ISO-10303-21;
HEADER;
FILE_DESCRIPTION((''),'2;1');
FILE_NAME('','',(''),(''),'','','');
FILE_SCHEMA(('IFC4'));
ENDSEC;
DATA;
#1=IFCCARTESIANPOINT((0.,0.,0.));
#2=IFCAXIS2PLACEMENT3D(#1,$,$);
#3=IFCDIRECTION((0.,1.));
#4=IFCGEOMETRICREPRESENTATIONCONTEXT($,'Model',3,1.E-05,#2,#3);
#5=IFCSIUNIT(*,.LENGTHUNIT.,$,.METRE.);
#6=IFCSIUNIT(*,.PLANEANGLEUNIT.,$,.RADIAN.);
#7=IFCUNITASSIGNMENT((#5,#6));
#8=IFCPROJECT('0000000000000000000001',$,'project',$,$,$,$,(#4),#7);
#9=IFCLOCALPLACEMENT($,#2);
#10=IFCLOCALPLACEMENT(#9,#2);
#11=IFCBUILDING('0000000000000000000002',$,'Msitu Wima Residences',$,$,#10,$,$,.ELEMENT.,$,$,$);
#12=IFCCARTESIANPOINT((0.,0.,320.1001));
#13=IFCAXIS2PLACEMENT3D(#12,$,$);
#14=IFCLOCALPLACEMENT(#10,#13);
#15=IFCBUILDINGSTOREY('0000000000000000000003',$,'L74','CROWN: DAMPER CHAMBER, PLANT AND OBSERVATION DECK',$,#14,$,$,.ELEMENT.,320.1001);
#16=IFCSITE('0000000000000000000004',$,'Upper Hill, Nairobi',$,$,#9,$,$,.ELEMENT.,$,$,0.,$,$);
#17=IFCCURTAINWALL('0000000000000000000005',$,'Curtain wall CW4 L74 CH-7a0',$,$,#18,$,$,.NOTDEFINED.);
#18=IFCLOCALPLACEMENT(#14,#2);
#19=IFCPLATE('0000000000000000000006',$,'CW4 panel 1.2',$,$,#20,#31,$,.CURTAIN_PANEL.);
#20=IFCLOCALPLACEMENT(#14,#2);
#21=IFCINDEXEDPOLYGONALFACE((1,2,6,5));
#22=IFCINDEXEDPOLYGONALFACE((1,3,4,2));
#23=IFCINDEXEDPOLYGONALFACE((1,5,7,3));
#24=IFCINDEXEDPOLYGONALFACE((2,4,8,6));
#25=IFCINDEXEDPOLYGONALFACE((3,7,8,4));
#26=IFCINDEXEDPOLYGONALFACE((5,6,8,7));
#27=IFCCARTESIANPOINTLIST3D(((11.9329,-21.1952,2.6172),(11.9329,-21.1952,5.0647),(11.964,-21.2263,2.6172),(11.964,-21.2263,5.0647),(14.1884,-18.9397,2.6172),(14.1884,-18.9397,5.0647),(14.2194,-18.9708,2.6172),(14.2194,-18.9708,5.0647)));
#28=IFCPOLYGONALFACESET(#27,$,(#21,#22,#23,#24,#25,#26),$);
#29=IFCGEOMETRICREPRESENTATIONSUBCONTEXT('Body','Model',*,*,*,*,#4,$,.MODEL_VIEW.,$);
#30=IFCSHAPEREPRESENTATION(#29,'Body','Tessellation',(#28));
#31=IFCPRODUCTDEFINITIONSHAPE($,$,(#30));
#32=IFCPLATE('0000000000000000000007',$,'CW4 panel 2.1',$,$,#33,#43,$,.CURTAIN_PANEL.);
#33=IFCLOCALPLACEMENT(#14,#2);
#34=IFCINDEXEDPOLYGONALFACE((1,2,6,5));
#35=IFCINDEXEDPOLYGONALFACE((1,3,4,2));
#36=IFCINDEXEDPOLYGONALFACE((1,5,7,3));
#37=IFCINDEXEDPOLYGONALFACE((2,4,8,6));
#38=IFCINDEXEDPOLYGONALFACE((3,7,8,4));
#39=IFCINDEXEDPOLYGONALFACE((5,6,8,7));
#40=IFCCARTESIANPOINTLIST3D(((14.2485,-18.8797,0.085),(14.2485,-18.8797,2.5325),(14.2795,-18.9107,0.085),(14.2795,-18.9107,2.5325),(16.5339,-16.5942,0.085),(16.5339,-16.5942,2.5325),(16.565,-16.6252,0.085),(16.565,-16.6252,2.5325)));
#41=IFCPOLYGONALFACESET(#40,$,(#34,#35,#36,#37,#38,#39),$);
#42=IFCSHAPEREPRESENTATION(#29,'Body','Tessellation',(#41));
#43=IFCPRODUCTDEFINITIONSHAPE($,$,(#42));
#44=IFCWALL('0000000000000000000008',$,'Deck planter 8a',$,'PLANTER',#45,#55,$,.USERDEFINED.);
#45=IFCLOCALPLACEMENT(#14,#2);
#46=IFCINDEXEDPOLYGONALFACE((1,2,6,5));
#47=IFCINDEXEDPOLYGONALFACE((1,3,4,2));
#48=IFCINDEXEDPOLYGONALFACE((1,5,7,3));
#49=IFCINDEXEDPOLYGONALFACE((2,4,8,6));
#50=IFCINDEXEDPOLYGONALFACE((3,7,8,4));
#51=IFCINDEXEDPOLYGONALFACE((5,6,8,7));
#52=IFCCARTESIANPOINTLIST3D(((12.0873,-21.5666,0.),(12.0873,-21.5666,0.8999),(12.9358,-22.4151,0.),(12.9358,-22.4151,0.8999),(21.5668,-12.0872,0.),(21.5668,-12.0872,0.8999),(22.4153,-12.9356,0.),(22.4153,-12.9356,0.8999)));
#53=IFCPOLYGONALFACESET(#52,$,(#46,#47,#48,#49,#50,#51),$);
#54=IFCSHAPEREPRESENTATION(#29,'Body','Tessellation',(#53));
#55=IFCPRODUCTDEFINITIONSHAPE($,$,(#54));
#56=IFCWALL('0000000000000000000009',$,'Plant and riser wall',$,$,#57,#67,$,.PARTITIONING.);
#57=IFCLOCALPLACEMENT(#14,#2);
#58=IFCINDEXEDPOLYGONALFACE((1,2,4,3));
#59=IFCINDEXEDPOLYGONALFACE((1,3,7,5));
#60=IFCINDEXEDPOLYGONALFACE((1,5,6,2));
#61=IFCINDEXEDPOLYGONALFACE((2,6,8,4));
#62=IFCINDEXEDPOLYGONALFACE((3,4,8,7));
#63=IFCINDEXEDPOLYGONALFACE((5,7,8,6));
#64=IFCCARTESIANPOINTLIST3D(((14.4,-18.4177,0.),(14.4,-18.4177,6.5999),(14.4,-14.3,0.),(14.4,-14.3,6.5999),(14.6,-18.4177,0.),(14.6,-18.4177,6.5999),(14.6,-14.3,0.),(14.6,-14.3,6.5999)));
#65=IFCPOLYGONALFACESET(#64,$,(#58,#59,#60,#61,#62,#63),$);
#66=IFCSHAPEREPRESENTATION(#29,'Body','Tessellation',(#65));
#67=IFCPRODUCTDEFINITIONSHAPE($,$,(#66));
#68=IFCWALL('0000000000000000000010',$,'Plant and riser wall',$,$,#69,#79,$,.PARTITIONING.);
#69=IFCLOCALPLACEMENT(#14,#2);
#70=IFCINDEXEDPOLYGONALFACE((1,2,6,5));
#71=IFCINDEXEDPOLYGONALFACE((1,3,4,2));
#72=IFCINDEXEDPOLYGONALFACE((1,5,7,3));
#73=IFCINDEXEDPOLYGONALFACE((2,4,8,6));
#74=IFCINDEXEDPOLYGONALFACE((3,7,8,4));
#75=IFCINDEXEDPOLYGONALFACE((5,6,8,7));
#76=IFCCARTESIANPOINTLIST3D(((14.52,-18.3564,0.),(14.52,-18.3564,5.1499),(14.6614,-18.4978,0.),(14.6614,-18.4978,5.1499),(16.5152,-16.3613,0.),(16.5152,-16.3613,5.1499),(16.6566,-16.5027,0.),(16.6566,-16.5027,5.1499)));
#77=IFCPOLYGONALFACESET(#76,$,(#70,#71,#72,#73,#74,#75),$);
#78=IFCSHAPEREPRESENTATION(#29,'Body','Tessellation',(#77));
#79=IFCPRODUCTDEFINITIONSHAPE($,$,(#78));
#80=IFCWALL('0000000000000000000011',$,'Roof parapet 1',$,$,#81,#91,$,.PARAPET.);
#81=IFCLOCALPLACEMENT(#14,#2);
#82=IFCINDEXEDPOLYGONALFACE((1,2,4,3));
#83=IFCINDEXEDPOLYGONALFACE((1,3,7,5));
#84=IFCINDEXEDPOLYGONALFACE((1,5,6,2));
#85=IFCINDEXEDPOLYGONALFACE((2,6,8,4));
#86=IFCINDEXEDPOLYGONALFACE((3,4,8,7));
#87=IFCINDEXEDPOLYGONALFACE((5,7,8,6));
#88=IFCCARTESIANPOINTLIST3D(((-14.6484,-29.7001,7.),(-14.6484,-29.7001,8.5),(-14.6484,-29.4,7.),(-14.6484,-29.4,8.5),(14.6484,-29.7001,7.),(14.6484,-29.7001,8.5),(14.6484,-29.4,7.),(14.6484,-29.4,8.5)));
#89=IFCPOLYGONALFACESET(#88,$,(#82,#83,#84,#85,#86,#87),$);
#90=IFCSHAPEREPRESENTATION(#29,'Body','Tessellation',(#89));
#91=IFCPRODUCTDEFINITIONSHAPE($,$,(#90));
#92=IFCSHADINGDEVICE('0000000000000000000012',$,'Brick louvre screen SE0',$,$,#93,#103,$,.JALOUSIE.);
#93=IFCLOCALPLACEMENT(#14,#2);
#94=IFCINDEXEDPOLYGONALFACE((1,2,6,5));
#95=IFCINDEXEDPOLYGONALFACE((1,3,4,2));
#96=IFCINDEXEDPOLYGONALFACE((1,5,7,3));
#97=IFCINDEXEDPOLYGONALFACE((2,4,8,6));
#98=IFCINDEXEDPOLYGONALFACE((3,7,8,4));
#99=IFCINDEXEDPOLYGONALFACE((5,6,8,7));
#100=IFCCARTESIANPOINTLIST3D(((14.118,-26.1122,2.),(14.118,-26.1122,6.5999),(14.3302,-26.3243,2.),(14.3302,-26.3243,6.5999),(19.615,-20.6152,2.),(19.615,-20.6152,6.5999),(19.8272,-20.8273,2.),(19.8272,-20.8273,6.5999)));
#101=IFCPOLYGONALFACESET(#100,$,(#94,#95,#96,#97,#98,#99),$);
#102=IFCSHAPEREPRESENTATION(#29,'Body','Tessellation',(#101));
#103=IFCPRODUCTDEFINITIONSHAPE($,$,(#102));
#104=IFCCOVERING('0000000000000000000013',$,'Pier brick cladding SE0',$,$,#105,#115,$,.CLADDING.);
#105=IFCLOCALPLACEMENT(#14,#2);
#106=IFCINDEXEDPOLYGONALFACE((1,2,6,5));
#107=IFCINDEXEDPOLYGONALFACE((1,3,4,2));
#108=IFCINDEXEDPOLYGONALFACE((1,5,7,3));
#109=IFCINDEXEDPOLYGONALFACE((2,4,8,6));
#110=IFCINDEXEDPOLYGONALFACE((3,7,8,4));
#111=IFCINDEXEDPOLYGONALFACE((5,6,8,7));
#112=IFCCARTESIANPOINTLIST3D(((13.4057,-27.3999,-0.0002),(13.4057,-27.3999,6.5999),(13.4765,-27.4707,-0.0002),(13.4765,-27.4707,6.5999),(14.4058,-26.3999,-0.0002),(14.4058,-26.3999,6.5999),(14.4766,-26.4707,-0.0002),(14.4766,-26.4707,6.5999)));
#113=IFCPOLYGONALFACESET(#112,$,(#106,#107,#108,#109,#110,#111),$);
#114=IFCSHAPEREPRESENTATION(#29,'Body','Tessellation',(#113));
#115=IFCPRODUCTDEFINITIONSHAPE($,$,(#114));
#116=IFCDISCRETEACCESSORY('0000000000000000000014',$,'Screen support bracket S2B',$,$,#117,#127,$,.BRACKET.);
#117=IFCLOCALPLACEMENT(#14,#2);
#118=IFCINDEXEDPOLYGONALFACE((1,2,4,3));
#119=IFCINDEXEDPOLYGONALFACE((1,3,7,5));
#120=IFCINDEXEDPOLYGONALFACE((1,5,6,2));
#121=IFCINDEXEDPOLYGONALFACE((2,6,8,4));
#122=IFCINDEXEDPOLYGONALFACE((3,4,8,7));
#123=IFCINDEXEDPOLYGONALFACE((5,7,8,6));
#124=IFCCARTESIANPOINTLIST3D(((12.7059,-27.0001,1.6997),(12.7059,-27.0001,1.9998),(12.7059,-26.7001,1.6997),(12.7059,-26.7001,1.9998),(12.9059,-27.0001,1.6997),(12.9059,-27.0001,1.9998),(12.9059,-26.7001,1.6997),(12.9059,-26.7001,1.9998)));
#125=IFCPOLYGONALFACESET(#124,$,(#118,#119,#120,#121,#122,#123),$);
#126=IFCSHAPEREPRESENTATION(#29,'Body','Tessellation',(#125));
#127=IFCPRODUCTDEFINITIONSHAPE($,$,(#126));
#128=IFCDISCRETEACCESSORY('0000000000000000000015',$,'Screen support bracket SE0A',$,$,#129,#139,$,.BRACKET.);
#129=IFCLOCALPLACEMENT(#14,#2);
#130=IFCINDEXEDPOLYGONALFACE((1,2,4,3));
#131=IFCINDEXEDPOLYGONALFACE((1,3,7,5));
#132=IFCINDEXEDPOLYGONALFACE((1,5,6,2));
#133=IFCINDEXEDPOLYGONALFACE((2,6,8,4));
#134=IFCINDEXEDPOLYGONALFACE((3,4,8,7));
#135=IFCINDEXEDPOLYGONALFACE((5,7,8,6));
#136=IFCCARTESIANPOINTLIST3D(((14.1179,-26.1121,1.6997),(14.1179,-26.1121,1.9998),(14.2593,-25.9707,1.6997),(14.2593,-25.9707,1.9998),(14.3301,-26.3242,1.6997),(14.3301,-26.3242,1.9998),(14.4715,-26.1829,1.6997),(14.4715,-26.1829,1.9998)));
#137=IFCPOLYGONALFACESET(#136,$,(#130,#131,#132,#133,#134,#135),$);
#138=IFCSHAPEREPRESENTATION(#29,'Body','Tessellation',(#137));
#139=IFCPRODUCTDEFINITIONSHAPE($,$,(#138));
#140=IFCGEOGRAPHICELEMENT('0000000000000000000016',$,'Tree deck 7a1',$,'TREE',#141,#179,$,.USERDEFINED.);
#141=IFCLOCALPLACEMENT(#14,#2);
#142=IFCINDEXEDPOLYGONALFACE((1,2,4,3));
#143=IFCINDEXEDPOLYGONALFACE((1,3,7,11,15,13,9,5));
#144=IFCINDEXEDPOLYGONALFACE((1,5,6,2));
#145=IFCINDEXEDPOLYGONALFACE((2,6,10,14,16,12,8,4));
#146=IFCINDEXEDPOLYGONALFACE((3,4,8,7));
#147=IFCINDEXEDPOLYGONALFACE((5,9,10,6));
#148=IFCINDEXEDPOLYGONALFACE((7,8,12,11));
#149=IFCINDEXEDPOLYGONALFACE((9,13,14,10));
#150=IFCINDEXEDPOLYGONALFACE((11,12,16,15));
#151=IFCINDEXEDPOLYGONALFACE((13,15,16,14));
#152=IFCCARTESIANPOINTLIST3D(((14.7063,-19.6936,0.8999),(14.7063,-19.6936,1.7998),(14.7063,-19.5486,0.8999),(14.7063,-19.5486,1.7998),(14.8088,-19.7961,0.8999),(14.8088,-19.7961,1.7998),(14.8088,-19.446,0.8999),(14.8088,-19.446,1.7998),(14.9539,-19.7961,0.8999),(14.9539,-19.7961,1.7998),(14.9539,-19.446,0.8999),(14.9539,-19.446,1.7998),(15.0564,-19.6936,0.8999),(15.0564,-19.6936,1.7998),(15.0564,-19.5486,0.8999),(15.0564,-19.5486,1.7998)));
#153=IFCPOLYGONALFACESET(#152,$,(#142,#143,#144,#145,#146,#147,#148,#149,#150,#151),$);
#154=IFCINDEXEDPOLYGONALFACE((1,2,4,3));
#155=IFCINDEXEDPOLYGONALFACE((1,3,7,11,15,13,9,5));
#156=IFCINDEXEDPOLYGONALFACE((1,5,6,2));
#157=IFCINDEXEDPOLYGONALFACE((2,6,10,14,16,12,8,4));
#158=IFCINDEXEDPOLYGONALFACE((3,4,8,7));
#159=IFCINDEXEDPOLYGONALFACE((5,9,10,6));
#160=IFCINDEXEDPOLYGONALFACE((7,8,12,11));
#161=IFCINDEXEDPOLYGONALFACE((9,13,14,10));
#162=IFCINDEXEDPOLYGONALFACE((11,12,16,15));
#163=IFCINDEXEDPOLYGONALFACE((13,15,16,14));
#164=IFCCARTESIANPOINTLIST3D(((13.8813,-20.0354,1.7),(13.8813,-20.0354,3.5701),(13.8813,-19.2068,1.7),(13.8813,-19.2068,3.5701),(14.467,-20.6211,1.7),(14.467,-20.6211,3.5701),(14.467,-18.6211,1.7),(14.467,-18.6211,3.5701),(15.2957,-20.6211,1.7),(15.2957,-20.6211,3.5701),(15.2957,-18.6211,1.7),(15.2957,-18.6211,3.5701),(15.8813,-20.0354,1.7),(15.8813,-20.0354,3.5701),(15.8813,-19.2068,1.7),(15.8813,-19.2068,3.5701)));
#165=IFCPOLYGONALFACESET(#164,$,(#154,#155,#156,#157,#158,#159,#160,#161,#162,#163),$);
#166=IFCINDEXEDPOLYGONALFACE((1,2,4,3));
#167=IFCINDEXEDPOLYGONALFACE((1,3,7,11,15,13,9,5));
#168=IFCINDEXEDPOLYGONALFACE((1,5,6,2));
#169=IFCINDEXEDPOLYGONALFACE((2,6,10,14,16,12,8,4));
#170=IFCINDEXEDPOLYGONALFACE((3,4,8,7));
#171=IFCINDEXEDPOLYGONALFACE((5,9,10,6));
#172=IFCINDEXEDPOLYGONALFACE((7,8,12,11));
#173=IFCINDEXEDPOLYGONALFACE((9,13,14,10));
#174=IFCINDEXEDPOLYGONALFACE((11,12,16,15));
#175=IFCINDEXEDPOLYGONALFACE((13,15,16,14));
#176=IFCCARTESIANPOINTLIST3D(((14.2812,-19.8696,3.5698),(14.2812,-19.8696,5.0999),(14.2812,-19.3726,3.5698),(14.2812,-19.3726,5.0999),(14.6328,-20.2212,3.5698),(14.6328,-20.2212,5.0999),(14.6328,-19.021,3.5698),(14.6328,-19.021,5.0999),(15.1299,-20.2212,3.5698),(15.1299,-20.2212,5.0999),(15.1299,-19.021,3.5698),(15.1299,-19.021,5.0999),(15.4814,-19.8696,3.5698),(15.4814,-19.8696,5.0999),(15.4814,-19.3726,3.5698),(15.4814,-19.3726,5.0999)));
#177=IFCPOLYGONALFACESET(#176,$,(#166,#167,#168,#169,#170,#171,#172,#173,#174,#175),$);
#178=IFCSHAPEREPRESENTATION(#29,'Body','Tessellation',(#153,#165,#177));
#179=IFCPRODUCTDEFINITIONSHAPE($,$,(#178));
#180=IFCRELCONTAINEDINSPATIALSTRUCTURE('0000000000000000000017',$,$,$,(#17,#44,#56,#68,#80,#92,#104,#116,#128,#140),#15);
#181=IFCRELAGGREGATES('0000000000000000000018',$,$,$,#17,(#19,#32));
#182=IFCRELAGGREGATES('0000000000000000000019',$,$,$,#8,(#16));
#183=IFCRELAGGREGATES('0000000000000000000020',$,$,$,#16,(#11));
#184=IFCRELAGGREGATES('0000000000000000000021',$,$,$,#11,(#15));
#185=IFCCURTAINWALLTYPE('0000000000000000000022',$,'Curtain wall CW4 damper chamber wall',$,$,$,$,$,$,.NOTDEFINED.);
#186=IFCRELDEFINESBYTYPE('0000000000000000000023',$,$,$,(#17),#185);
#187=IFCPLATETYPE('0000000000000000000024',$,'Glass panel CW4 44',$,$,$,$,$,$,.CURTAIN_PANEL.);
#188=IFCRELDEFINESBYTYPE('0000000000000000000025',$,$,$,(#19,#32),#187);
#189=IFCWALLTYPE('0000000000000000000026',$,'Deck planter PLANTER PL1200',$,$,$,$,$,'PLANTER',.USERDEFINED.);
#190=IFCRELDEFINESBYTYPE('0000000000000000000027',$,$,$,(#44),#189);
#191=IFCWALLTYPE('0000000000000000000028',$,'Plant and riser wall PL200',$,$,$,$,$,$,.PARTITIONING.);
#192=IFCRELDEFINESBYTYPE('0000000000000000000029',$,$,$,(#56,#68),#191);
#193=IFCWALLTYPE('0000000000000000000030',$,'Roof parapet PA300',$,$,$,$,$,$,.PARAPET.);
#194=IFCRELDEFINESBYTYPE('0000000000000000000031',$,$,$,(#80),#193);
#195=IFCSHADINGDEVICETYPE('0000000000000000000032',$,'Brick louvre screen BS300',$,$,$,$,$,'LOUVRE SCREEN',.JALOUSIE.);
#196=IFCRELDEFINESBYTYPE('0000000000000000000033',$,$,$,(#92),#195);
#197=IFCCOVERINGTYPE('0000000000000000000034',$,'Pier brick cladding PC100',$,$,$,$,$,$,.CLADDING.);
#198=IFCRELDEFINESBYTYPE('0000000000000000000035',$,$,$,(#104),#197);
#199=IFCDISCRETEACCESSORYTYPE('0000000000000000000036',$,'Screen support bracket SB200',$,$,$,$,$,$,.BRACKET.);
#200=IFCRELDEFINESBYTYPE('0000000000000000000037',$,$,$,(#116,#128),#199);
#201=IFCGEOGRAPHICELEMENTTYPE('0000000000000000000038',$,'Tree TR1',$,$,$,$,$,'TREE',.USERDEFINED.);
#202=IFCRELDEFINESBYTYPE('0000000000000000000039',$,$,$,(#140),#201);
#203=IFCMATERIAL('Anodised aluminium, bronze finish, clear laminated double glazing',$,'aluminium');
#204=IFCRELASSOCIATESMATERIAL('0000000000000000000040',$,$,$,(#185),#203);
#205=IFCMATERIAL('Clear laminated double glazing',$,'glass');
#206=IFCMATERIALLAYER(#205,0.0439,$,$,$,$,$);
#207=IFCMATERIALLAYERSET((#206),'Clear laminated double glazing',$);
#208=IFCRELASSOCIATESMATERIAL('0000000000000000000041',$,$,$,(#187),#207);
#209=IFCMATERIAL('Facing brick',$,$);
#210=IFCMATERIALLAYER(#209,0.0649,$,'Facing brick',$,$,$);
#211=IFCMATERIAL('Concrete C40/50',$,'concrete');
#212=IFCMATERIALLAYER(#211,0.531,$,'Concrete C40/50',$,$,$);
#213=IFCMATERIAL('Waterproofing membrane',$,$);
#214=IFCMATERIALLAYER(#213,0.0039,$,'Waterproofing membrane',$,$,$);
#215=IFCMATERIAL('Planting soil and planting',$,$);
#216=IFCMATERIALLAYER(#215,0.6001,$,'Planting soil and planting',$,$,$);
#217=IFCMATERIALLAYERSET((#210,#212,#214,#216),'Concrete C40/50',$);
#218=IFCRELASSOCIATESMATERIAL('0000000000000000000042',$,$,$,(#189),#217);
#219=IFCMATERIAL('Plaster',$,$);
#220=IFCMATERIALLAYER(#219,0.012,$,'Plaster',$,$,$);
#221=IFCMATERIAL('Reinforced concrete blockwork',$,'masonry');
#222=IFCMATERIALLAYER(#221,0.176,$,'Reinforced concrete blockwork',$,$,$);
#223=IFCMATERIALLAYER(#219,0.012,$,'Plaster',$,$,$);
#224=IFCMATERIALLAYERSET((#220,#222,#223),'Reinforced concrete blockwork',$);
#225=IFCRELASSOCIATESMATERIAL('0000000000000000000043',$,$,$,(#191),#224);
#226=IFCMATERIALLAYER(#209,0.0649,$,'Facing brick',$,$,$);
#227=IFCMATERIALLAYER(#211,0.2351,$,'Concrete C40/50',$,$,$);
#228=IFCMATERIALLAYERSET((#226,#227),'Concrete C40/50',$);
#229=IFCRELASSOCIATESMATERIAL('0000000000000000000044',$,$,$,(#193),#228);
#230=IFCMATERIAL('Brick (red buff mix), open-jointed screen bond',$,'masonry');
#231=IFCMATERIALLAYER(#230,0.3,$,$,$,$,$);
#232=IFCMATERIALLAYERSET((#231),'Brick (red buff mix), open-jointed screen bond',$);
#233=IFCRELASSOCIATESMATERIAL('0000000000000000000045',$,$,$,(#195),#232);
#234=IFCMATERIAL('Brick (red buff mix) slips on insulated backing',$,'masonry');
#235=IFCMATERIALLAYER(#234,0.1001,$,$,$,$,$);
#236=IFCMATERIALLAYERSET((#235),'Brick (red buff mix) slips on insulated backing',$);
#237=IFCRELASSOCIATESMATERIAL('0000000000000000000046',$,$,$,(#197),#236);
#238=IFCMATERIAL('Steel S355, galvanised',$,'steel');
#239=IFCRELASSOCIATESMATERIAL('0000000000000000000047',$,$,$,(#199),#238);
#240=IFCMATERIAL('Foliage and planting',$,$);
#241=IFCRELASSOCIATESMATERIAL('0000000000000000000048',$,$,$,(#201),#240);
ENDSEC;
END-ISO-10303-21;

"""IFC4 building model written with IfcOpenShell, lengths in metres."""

from ifc_helpers import new_model, si_unit, direction, frame, frame_2d, origin, origin_2d, place, context, subcontext, project, spatial, polyline, rectangle, outline, extrude, material, layer, layer_set, type_object, element, aggregate, save


model = new_model("IFC4")

# Units and contexts
model_context = context("Model", 3, precision=1e-05, world=origin(), true_north=direction((0.0, 1.0)))
body_context = subcontext(model_context, "Body", "Model", "MODEL_VIEW")
ifc_project = project(units=[si_unit("LENGTHUNIT", "METRE"), si_unit("PLANEANGLEUNIT", "RADIAN")], contexts=[model_context])

# Site, building, storey
site_placement = place(None, origin())
site = spatial("IfcSite", under=ifc_project, at=site_placement, Name="Upper Hill, Nairobi", CompositionType="ELEMENT", RefElevation=0.0)
building_placement = place(site_placement, origin())
building = spatial("IfcBuilding", under=site, at=building_placement, Name="Msitu Wima Residences", CompositionType="ELEMENT")
storey_placement = place(building_placement, frame((0.0, 0.0, 320.1001)))
storey = spatial("IfcBuildingStorey", under=building, at=storey_placement, Name="L74", Description="CROWN: DAMPER CHAMBER, PLANT AND OBSERVATION DECK", CompositionType="ELEMENT", Elevation=320.1001)

# Curtain wall, plates
ifc_material_1 = material(Name="Anodised aluminium, bronze finish, clear laminated double glazing", Category="aluminium")
curtain_wall_type = type_object("IfcCurtainWallType", Name="Curtain wall CW4 damper chamber wall", PredefinedType="NOTDEFINED", material=ifc_material_1)
curtain_wall_placement = place(storey_placement, origin())
curtain_wall = element("IfcCurtainWall", 1, at=curtain_wall_placement, inside=storey, type_object=curtain_wall_type, Name="Curtain wall CW4 L74 CH-7a0", PredefinedType="NOTDEFINED")
ifc_material_2 = material(Name="Clear laminated double glazing", Category="glass")
ifc_layer_1 = layer(ifc_material_2, 0.0439)
ifc_layer_set_1 = layer_set([ifc_layer_1], Name="Clear laminated double glazing")
plate_type = type_object("IfcPlateType", Name="Glass panel CW4 44", PredefinedType="CURTAIN_PANEL", material=ifc_layer_set_1)
plate_1_placement = place(storey_placement, frame((13.0762, -20.083, 2.6172), z_axis=(0.0, 0.0, 1.0), x_axis=(0.707107, 0.707107, 0.0)))
plate_1 = element("IfcPlate", 2, at=plate_1_placement, type_object=plate_type, Name="CW4 panel 1.2", PredefinedType="CURTAIN_PANEL", context=body_context, shape_type="SweptSolid", body=[
    extrude(rectangle(XDim=3.1897, YDim=0.0439, at=origin_2d()), origin(), (0.0, 0.0, 1.0), 2.4475),
])
plate_2_placement = place(storey_placement, frame((15.4067, -17.7524, 0.085), z_axis=(0.0, 0.0, 1.0), x_axis=(0.707107, 0.707107, 0.0)))
plate_2 = element("IfcPlate", 3, at=plate_2_placement, type_object=plate_type, Name="CW4 panel 2.1", PredefinedType="CURTAIN_PANEL", context=body_context, shape_type="SweptSolid", body=[
    extrude(rectangle(XDim=3.2322, YDim=0.0439, at=origin_2d()), origin(), (0.0, 0.0, 1.0), 2.4475),
])
aggregate(curtain_wall, [plate_1, plate_2])

# Walls
ifc_material_3 = material(Name="Facing brick")
ifc_layer_2 = layer(ifc_material_3, 0.0649, Name="Facing brick")
ifc_material_4 = material(Name="Concrete C40/50", Category="concrete")
ifc_layer_3 = layer(ifc_material_4, 0.531, Name="Concrete C40/50")
ifc_material_5 = material(Name="Waterproofing membrane")
ifc_layer_4 = layer(ifc_material_5, 0.0039, Name="Waterproofing membrane")
ifc_material_6 = material(Name="Planting soil and planting")
ifc_layer_5 = layer(ifc_material_6, 0.6001, Name="Planting soil and planting")
ifc_layer_set_2 = layer_set([ifc_layer_2, ifc_layer_3, ifc_layer_4, ifc_layer_5], Name="Concrete C40/50")
wall_type_1 = type_object("IfcWallType", Name="Deck planter PLANTER PL1200", ElementType="PLANTER", PredefinedType="USERDEFINED", material=ifc_layer_set_2)
wall_1_placement = place(storey_placement, frame((12.5115, -21.991, 0.0), z_axis=(0.0, 0.0, 1.0), x_axis=(0.707107, 0.707107, 0.0)))
element("IfcWall", 4, at=wall_1_placement, inside=storey, type_object=wall_type_1, Name="Deck planter 8a", ObjectType="PLANTER", PredefinedType="USERDEFINED", context=body_context, shape_type="SweptSolid", body=[
    extrude(rectangle(XDim=13.406, YDim=1.2, at=frame_2d((6.7031, 0.0))), origin(), (0.0, 0.0, 1.0), 0.8999),
])
ifc_material_7 = material(Name="Plaster")
ifc_layer_6 = layer(ifc_material_7, 0.012, Name="Plaster")
ifc_material_8 = material(Name="Reinforced concrete blockwork", Category="masonry")
ifc_layer_7 = layer(ifc_material_8, 0.176, Name="Reinforced concrete blockwork")
ifc_layer_8 = layer(ifc_material_7, 0.012, Name="Plaster")
ifc_layer_set_3 = layer_set([ifc_layer_6, ifc_layer_7, ifc_layer_8], Name="Reinforced concrete blockwork")
wall_type_2 = type_object("IfcWallType", Name="Plant and riser wall PL200", PredefinedType="PARTITIONING", material=ifc_layer_set_3)
wall_2_placement = place(storey_placement, frame((14.5, -18.4177, 0.0), z_axis=(0.0, 0.0, 1.0), x_axis=(0.0, 1.0, 0.0)))
element("IfcWall", 5, at=wall_2_placement, inside=storey, type_object=wall_type_2, Name="Plant and riser wall", PredefinedType="PARTITIONING", context=body_context, shape_type="SweptSolid", body=[
    extrude(rectangle(XDim=4.1177, YDim=0.2, at=frame_2d((2.0588, 0.0))), origin(), (0.0, 0.0, 1.0), 6.5999),
])
wall_3_placement = place(storey_placement, frame((14.5908, -18.427, 0.0), z_axis=(0.0, 0.0, 1.0), x_axis=(0.707107, 0.707107, 0.0)))
element("IfcWall", 6, at=wall_3_placement, inside=storey, type_object=wall_type_2, Name="Plant and riser wall", PredefinedType="PARTITIONING", context=body_context, shape_type="SweptSolid", body=[
    extrude(rectangle(XDim=2.8215, YDim=0.2, at=frame_2d((1.4106, 0.0))), origin(), (0.0, 0.0, 1.0), 5.1499),
])
ifc_layer_9 = layer(ifc_material_3, 0.0649, Name="Facing brick")
ifc_layer_10 = layer(ifc_material_4, 0.2351, Name="Concrete C40/50")
ifc_layer_set_4 = layer_set([ifc_layer_9, ifc_layer_10], Name="Concrete C40/50")
wall_type_3 = type_object("IfcWallType", Name="Roof parapet PA300", PredefinedType="PARAPET", material=ifc_layer_set_4)
wall_4_placement = place(storey_placement, frame((14.6484, -29.55, 7.0), z_axis=(0.0, 0.0, 1.0), x_axis=(-1.0, 0.0, 0.0)))
element("IfcWall", 7, at=wall_4_placement, inside=storey, type_object=wall_type_3, Name="Roof parapet 1", PredefinedType="PARAPET", context=body_context, shape_type="SweptSolid", body=[
    extrude(rectangle(XDim=29.2969, YDim=0.3, at=frame_2d((14.6484, 0.0))), origin(), (0.0, 0.0, 1.0), 1.5),
])

# Shading device
ifc_material_9 = material(Name="Brick (red buff mix), open-jointed screen bond", Category="masonry")
ifc_layer_11 = layer(ifc_material_9, 0.3)
ifc_layer_set_5 = layer_set([ifc_layer_11], Name="Brick (red buff mix), open-jointed screen bond")
shading_device_type = type_object("IfcShadingDeviceType", Name="Brick louvre screen BS300", ElementType="LOUVRE SCREEN", PredefinedType="JALOUSIE", material=ifc_layer_set_5)
shading_device_placement = place(storey_placement, frame((14.2241, -26.2183, 2.0), z_axis=(0.0, 0.0, 1.0), x_axis=(0.707107, 0.707107, 0.0)))
element("IfcShadingDevice", 8, at=shading_device_placement, inside=storey, type_object=shading_device_type, Name="Brick louvre screen SE0", PredefinedType="JALOUSIE", context=body_context, shape_type="SweptSolid", body=[
    extrude(rectangle(XDim=7.7739, YDim=0.3, at=frame_2d((3.887, 0.0))), origin(), (0.0, 0.0, 1.0), 4.5999),
])

# Covering
ifc_material_10 = material(Name="Brick (red buff mix) slips on insulated backing", Category="masonry")
ifc_layer_12 = layer(ifc_material_10, 0.1001)
ifc_layer_set_6 = layer_set([ifc_layer_12], Name="Brick (red buff mix) slips on insulated backing")
covering_type = type_object("IfcCoveringType", Name="Pier brick cladding PC100", PredefinedType="CLADDING", material=ifc_layer_set_6)
covering_placement = place(storey_placement, frame((13.9412, -26.9353, -0.0002), z_axis=(0.0, 0.0, 1.0), x_axis=(0.707107, 0.707107, 0.0)))
element("IfcCovering", 9, at=covering_placement, inside=storey, type_object=covering_type, Name="Pier brick cladding SE0", PredefinedType="CLADDING", context=body_context, shape_type="SweptSolid", body=[
    extrude(rectangle(XDim=1.4143, YDim=0.1001, at=origin_2d()), origin(), (0.0, 0.0, 1.0), 6.6001),
])

# Discrete accessories
ifc_material_11 = material(Name="Steel S355, galvanised", Category="steel")
discrete_accessory_type = type_object("IfcDiscreteAccessoryType", Name="Screen support bracket SB200", PredefinedType="BRACKET", material=ifc_material_11)
for number, where, z_axis, x_axis, name in (
    (10, (12.8059, -26.8501, 1.6997), (0.0, 0.0, 1.0), (1.0, 0.0, 0.0), "Screen support bracket S2B"),
    (11, (14.2947, -26.1475, 1.6997), (0.0, 0.0, 1.0), (0.707107, 0.707107, 0.0), "Screen support bracket SE0A"),
):
    element("IfcDiscreteAccessory", number, at=place(storey_placement, frame(where, z_axis=z_axis, x_axis=x_axis)), inside=storey, type_object=discrete_accessory_type, Name=name, PredefinedType="BRACKET", context=body_context, shape_type="SweptSolid", body=[
        extrude(rectangle(XDim=0.2, YDim=0.3, at=origin_2d()), origin(), (0.0, 0.0, 1.0), 0.3),
    ])

# Geographic element
ifc_material_12 = material(Name="Foliage and planting")
geographic_element_type = type_object("IfcGeographicElementType", Name="Tree TR1", ElementType="TREE", PredefinedType="USERDEFINED", material=ifc_material_12)
geographic_element_placement = place(storey_placement, frame((14.8813, -19.6211, 0.8999), z_axis=(0.0, 0.0, 1.0), x_axis=(1.0, 0.0, 0.0)))
element("IfcGeographicElement", 12, at=geographic_element_placement, inside=storey, type_object=geographic_element_type, Name="Tree deck 7a1", ObjectType="TREE", PredefinedType="USERDEFINED", context=body_context, shape_type="SweptSolid", body=[
    extrude(outline(polyline([(0.175, 0.0725), (0.0725, 0.175), (-0.0725, 0.175), (-0.175, 0.0725), (-0.175, -0.0725), (-0.0725, -0.175), (0.0725, -0.175), (0.175, -0.0725), (0.175, 0.0725)])), origin(), (0.0, 0.0, 1.0), 0.8999),
    extrude(outline(polyline([(1.0, 0.4143), (0.4143, 1.0), (-0.4143, 1.0), (-1.0, 0.4143), (-1.0, -0.4143), (-0.4143, -1.0), (0.4143, -1.0), (1.0, -0.4143), (1.0, 0.4143)])), frame((0.0, 0.0, 0.8)), (0.0, 0.0, 1.0), 1.8701),
    extrude(outline(polyline([(0.6001, 0.2485), (0.2485, 0.6001), (-0.2485, 0.6001), (-0.6001, 0.2485), (-0.6001, -0.2485), (-0.2485, -0.6001), (0.2485, -0.6001), (0.6001, -0.2485), (0.6001, 0.2485)])), frame((0.0, 0.0, 2.6699)), (0.0, 0.0, 1.0), 1.53),
])

save(model, "model.ifc")
